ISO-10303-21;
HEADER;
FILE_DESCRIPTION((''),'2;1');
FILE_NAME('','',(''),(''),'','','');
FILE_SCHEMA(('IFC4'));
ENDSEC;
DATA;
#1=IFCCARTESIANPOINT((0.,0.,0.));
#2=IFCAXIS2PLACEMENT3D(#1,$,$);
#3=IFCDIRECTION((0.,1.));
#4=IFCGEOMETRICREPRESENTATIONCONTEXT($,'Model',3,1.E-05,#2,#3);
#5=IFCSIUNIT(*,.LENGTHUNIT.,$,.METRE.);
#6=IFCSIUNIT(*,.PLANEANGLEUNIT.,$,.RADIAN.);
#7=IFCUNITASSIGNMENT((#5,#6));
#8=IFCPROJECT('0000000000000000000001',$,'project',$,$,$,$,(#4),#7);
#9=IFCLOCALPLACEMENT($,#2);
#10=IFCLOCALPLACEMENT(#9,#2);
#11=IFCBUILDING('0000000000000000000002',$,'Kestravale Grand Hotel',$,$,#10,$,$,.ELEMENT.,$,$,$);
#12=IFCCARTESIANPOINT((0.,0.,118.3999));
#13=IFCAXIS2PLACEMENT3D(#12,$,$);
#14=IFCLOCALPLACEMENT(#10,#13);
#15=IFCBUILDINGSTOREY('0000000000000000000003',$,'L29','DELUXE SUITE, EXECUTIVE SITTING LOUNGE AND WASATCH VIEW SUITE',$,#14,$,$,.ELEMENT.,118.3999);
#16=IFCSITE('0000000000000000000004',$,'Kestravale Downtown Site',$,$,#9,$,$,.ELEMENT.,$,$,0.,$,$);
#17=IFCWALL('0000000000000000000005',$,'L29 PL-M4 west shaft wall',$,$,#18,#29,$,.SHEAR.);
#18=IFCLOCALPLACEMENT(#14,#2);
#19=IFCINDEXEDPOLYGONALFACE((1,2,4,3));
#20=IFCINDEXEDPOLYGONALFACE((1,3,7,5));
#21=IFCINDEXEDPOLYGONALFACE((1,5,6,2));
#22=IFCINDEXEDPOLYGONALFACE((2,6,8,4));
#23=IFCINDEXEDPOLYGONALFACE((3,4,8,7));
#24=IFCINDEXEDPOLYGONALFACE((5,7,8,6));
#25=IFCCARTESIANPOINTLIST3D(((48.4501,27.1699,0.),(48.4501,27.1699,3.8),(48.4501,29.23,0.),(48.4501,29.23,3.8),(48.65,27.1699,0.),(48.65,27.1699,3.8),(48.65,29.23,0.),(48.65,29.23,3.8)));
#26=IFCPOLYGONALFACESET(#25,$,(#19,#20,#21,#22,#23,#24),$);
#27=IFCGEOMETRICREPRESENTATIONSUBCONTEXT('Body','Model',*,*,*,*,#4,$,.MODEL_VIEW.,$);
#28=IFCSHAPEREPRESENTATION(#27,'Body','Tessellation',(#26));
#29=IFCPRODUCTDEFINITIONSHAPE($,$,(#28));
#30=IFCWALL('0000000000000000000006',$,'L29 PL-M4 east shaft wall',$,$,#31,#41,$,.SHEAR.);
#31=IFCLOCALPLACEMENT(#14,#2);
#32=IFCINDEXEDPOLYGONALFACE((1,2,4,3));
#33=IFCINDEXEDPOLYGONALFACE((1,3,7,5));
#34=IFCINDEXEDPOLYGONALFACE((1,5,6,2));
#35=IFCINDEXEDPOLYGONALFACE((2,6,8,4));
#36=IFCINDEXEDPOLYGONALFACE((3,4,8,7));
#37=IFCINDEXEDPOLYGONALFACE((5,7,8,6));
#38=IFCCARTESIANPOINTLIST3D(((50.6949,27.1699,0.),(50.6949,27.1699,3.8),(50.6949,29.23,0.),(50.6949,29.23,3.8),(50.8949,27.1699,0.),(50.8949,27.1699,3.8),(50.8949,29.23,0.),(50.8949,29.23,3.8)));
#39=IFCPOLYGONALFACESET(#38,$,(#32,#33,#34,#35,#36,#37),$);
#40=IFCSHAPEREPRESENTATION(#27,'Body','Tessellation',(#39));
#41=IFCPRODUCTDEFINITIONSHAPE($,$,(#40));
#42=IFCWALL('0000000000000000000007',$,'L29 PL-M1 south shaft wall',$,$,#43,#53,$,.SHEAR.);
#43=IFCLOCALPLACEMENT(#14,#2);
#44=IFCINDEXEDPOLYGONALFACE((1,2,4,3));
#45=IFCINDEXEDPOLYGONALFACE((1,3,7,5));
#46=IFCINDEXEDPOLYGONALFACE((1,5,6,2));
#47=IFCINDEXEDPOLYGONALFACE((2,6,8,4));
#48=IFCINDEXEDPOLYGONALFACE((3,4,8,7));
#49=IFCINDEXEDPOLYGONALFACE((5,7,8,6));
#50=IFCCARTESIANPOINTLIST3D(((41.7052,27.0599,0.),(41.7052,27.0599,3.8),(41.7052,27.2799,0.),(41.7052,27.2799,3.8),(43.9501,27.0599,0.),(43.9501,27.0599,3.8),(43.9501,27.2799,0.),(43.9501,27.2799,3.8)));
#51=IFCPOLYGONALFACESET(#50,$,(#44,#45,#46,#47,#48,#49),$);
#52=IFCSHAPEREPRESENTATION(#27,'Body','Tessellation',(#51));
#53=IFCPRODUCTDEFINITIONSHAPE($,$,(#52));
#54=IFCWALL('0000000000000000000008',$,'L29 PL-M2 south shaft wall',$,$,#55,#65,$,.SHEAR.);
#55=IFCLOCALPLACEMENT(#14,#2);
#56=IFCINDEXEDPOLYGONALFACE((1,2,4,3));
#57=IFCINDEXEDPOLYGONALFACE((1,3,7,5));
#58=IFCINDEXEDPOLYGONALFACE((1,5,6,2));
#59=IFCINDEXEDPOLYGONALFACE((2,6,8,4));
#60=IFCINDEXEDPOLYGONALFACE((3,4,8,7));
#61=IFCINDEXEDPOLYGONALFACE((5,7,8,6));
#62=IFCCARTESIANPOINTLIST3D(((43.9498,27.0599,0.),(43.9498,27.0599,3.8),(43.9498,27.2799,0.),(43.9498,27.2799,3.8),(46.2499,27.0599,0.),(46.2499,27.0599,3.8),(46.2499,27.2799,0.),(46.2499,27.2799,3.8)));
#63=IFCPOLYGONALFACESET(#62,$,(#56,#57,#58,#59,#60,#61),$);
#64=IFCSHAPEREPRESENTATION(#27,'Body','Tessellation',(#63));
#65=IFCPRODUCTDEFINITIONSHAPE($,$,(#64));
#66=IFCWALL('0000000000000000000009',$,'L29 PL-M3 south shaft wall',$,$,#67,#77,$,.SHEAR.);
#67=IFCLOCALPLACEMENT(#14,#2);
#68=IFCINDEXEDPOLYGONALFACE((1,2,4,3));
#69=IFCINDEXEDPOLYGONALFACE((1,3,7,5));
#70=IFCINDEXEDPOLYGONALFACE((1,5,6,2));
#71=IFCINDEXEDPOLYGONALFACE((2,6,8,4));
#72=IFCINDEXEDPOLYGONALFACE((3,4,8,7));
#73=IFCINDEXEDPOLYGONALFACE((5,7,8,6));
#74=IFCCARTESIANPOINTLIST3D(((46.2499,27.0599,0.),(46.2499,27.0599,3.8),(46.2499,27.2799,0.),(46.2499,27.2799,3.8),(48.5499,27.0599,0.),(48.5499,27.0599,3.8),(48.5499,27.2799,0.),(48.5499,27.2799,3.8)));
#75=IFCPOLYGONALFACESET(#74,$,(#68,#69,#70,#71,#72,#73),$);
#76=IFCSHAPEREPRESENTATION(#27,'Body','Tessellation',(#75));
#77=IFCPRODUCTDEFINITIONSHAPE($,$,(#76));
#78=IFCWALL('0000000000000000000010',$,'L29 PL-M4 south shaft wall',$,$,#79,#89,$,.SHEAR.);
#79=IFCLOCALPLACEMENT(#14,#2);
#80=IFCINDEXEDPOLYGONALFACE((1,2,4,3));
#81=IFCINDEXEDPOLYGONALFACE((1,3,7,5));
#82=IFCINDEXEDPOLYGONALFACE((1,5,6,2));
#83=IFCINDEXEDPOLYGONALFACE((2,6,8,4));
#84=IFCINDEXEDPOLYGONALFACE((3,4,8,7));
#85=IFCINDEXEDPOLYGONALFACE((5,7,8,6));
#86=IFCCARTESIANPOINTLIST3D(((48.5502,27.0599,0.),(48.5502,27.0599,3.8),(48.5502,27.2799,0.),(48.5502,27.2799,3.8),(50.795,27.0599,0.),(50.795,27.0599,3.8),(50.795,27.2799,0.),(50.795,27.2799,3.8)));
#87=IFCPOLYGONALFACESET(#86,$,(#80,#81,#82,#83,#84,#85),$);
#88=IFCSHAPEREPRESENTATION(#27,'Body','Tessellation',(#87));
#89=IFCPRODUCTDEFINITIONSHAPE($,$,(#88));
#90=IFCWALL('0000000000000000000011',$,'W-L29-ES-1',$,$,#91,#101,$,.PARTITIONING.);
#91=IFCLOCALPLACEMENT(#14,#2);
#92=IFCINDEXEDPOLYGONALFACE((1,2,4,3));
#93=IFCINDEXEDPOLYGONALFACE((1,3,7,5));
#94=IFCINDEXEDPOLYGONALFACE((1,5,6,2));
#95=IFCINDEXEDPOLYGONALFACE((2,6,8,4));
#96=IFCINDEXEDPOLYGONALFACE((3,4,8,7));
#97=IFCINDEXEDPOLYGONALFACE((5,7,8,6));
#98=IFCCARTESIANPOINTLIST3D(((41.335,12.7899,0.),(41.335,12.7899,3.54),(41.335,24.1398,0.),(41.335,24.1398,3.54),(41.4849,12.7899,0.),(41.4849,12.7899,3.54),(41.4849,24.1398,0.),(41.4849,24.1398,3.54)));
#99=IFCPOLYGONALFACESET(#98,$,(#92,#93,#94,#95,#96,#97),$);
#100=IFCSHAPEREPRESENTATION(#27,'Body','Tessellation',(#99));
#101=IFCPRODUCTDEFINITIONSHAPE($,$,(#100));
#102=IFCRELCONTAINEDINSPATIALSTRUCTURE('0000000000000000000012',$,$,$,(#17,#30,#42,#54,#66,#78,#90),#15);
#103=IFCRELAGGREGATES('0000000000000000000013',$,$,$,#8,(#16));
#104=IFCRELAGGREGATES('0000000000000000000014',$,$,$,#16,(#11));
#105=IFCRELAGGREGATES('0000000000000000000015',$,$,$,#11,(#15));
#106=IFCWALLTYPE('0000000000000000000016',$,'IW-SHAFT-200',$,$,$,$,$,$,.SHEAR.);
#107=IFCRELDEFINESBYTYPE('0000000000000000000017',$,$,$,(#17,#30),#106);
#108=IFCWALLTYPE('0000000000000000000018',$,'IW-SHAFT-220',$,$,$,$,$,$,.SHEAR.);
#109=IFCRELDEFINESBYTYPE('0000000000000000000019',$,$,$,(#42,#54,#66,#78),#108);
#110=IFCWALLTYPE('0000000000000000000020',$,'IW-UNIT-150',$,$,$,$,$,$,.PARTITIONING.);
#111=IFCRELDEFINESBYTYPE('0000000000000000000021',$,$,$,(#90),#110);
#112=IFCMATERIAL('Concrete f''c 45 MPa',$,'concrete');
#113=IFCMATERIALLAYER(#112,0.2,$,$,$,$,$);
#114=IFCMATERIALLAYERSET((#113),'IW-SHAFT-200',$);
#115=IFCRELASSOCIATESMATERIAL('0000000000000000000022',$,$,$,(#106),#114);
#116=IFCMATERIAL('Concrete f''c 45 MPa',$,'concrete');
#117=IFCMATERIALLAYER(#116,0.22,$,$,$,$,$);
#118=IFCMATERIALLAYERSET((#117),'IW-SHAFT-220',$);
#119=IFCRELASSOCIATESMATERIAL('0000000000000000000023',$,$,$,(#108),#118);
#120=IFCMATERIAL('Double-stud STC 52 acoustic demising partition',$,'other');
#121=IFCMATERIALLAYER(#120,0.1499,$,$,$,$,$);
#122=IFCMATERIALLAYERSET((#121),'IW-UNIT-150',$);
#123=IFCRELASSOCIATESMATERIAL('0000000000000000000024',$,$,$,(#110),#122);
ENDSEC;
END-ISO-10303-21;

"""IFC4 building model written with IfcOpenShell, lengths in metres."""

from ifc_helpers import new_model, si_unit, direction, frame, frame_2d, origin, place, context, subcontext, project, spatial, rectangle, extrude, material, layer, layer_set, type_object, element, save


model = new_model("IFC4")

# Units and contexts
model_context = context("Model", 3, precision=1e-05, world=origin(), true_north=direction((0.0, 1.0)))
body_context = subcontext(model_context, "Body", "Model", "MODEL_VIEW")
ifc_project = project(units=[si_unit("LENGTHUNIT", "METRE"), si_unit("PLANEANGLEUNIT", "RADIAN")], contexts=[model_context])

# Site, building, storey
site_placement = place(None, origin())
site = spatial("IfcSite", under=ifc_project, at=site_placement, Name="Kestravale Downtown Site", CompositionType="ELEMENT", RefElevation=0.0)
building_placement = place(site_placement, origin())
building = spatial("IfcBuilding", under=site, at=building_placement, Name="Kestravale Grand Hotel", CompositionType="ELEMENT")
storey_placement = place(building_placement, frame((0.0, 0.0, 118.3999)))
storey = spatial("IfcBuildingStorey", under=building, at=storey_placement, Name="L29", Description="DELUXE SUITE, EXECUTIVE SITTING LOUNGE AND WASATCH VIEW SUITE", CompositionType="ELEMENT", Elevation=118.3999)

# Walls
ifc_material_1 = material(Name="Concrete f'c 45 MPa", Category="concrete")
ifc_layer_1 = layer(ifc_material_1, 0.2)
ifc_layer_set_1 = layer_set([ifc_layer_1], Name="IW-SHAFT-200")
wall_type_1 = type_object("IfcWallType", Name="IW-SHAFT-200", PredefinedType="SHEAR", material=ifc_layer_set_1)
for number, where, z_axis, x_axis, name in (
    (1, (48.55, 27.1699, 0.0), (0.0, 0.0, 1.0), (0.0, 1.0, 0.0), "L29 PL-M4 west shaft wall"),
    (2, (50.7949, 27.1699, 0.0), (0.0, 0.0, 1.0), (0.0, 1.0, 0.0), "L29 PL-M4 east shaft wall"),
):
    element("IfcWall", number, at=place(storey_placement, frame(where, z_axis=z_axis, x_axis=x_axis)), inside=storey, type_object=wall_type_1, Name=name, PredefinedType="SHEAR", context=body_context, shape_type="SweptSolid", body=[
        extrude(rectangle(XDim=2.0601, YDim=0.2, at=frame_2d((1.03, 0.0))), origin(), (0.0, 0.0, 1.0), 3.8),
    ])
ifc_material_2 = material(Name="Concrete f'c 45 MPa", Category="concrete")
ifc_layer_2 = layer(ifc_material_2, 0.22)
ifc_layer_set_2 = layer_set([ifc_layer_2], Name="IW-SHAFT-220")
wall_type_2 = type_object("IfcWallType", Name="IW-SHAFT-220", PredefinedType="SHEAR", material=ifc_layer_set_2)
wall_1_placement = place(storey_placement, frame((41.7051, 27.1699, 0.0), z_axis=(0.0, 0.0, 1.0), x_axis=(1.0, 0.0, 0.0)))
element("IfcWall", 3, at=wall_1_placement, inside=storey, type_object=wall_type_2, Name="L29 PL-M1 south shaft wall", PredefinedType="SHEAR", context=body_context, shape_type="SweptSolid", body=[
    extrude(rectangle(XDim=2.2449, YDim=0.22, at=frame_2d((1.1226, 0.0))), origin(), (0.0, 0.0, 1.0), 3.8),
])
for number, where, z_axis, x_axis, name in (
    (4, (43.95, 27.1699, 0.0), (0.0, 0.0, 1.0), (1.0, 0.0, 0.0), "L29 PL-M2 south shaft wall"),
    (5, (46.25, 27.1699, 0.0), (0.0, 0.0, 1.0), (1.0, 0.0, 0.0), "L29 PL-M3 south shaft wall"),
):
    element("IfcWall", number, at=place(storey_placement, frame(where, z_axis=z_axis, x_axis=x_axis)), inside=storey, type_object=wall_type_2, Name=name, PredefinedType="SHEAR", context=body_context, shape_type="SweptSolid", body=[
        extrude(rectangle(XDim=2.3, YDim=0.22, at=frame_2d((1.1499, 0.0))), origin(), (0.0, 0.0, 1.0), 3.8),
    ])
wall_2_placement = place(storey_placement, frame((48.55, 27.1699, 0.0), z_axis=(0.0, 0.0, 1.0), x_axis=(1.0, 0.0, 0.0)))
element("IfcWall", 6, at=wall_2_placement, inside=storey, type_object=wall_type_2, Name="L29 PL-M4 south shaft wall", PredefinedType="SHEAR", context=body_context, shape_type="SweptSolid", body=[
    extrude(rectangle(XDim=2.2449, YDim=0.22, at=frame_2d((1.1226, 0.0))), origin(), (0.0, 0.0, 1.0), 3.8),
])
ifc_material_3 = material(Name="Double-stud STC 52 acoustic demising partition", Category="other")
ifc_layer_3 = layer(ifc_material_3, 0.1499)
ifc_layer_set_3 = layer_set([ifc_layer_3], Name="IW-UNIT-150")
wall_type_3 = type_object("IfcWallType", Name="IW-UNIT-150", PredefinedType="PARTITIONING", material=ifc_layer_set_3)
wall_3_placement = place(storey_placement, frame((41.4099, 12.79, 0.0), z_axis=(0.0, 0.0, 1.0), x_axis=(0.0, 1.0, 0.0)))
element("IfcWall", 7, at=wall_3_placement, inside=storey, type_object=wall_type_3, Name="W-L29-ES-1", PredefinedType="PARTITIONING", context=body_context, shape_type="SweptSolid", body=[
    extrude(rectangle(XDim=11.3499, YDim=0.1499, at=frame_2d((5.6748, 0.0))), origin(), (0.0, 0.0, 1.0), 3.54),
])

save(model, "model.ifc")
